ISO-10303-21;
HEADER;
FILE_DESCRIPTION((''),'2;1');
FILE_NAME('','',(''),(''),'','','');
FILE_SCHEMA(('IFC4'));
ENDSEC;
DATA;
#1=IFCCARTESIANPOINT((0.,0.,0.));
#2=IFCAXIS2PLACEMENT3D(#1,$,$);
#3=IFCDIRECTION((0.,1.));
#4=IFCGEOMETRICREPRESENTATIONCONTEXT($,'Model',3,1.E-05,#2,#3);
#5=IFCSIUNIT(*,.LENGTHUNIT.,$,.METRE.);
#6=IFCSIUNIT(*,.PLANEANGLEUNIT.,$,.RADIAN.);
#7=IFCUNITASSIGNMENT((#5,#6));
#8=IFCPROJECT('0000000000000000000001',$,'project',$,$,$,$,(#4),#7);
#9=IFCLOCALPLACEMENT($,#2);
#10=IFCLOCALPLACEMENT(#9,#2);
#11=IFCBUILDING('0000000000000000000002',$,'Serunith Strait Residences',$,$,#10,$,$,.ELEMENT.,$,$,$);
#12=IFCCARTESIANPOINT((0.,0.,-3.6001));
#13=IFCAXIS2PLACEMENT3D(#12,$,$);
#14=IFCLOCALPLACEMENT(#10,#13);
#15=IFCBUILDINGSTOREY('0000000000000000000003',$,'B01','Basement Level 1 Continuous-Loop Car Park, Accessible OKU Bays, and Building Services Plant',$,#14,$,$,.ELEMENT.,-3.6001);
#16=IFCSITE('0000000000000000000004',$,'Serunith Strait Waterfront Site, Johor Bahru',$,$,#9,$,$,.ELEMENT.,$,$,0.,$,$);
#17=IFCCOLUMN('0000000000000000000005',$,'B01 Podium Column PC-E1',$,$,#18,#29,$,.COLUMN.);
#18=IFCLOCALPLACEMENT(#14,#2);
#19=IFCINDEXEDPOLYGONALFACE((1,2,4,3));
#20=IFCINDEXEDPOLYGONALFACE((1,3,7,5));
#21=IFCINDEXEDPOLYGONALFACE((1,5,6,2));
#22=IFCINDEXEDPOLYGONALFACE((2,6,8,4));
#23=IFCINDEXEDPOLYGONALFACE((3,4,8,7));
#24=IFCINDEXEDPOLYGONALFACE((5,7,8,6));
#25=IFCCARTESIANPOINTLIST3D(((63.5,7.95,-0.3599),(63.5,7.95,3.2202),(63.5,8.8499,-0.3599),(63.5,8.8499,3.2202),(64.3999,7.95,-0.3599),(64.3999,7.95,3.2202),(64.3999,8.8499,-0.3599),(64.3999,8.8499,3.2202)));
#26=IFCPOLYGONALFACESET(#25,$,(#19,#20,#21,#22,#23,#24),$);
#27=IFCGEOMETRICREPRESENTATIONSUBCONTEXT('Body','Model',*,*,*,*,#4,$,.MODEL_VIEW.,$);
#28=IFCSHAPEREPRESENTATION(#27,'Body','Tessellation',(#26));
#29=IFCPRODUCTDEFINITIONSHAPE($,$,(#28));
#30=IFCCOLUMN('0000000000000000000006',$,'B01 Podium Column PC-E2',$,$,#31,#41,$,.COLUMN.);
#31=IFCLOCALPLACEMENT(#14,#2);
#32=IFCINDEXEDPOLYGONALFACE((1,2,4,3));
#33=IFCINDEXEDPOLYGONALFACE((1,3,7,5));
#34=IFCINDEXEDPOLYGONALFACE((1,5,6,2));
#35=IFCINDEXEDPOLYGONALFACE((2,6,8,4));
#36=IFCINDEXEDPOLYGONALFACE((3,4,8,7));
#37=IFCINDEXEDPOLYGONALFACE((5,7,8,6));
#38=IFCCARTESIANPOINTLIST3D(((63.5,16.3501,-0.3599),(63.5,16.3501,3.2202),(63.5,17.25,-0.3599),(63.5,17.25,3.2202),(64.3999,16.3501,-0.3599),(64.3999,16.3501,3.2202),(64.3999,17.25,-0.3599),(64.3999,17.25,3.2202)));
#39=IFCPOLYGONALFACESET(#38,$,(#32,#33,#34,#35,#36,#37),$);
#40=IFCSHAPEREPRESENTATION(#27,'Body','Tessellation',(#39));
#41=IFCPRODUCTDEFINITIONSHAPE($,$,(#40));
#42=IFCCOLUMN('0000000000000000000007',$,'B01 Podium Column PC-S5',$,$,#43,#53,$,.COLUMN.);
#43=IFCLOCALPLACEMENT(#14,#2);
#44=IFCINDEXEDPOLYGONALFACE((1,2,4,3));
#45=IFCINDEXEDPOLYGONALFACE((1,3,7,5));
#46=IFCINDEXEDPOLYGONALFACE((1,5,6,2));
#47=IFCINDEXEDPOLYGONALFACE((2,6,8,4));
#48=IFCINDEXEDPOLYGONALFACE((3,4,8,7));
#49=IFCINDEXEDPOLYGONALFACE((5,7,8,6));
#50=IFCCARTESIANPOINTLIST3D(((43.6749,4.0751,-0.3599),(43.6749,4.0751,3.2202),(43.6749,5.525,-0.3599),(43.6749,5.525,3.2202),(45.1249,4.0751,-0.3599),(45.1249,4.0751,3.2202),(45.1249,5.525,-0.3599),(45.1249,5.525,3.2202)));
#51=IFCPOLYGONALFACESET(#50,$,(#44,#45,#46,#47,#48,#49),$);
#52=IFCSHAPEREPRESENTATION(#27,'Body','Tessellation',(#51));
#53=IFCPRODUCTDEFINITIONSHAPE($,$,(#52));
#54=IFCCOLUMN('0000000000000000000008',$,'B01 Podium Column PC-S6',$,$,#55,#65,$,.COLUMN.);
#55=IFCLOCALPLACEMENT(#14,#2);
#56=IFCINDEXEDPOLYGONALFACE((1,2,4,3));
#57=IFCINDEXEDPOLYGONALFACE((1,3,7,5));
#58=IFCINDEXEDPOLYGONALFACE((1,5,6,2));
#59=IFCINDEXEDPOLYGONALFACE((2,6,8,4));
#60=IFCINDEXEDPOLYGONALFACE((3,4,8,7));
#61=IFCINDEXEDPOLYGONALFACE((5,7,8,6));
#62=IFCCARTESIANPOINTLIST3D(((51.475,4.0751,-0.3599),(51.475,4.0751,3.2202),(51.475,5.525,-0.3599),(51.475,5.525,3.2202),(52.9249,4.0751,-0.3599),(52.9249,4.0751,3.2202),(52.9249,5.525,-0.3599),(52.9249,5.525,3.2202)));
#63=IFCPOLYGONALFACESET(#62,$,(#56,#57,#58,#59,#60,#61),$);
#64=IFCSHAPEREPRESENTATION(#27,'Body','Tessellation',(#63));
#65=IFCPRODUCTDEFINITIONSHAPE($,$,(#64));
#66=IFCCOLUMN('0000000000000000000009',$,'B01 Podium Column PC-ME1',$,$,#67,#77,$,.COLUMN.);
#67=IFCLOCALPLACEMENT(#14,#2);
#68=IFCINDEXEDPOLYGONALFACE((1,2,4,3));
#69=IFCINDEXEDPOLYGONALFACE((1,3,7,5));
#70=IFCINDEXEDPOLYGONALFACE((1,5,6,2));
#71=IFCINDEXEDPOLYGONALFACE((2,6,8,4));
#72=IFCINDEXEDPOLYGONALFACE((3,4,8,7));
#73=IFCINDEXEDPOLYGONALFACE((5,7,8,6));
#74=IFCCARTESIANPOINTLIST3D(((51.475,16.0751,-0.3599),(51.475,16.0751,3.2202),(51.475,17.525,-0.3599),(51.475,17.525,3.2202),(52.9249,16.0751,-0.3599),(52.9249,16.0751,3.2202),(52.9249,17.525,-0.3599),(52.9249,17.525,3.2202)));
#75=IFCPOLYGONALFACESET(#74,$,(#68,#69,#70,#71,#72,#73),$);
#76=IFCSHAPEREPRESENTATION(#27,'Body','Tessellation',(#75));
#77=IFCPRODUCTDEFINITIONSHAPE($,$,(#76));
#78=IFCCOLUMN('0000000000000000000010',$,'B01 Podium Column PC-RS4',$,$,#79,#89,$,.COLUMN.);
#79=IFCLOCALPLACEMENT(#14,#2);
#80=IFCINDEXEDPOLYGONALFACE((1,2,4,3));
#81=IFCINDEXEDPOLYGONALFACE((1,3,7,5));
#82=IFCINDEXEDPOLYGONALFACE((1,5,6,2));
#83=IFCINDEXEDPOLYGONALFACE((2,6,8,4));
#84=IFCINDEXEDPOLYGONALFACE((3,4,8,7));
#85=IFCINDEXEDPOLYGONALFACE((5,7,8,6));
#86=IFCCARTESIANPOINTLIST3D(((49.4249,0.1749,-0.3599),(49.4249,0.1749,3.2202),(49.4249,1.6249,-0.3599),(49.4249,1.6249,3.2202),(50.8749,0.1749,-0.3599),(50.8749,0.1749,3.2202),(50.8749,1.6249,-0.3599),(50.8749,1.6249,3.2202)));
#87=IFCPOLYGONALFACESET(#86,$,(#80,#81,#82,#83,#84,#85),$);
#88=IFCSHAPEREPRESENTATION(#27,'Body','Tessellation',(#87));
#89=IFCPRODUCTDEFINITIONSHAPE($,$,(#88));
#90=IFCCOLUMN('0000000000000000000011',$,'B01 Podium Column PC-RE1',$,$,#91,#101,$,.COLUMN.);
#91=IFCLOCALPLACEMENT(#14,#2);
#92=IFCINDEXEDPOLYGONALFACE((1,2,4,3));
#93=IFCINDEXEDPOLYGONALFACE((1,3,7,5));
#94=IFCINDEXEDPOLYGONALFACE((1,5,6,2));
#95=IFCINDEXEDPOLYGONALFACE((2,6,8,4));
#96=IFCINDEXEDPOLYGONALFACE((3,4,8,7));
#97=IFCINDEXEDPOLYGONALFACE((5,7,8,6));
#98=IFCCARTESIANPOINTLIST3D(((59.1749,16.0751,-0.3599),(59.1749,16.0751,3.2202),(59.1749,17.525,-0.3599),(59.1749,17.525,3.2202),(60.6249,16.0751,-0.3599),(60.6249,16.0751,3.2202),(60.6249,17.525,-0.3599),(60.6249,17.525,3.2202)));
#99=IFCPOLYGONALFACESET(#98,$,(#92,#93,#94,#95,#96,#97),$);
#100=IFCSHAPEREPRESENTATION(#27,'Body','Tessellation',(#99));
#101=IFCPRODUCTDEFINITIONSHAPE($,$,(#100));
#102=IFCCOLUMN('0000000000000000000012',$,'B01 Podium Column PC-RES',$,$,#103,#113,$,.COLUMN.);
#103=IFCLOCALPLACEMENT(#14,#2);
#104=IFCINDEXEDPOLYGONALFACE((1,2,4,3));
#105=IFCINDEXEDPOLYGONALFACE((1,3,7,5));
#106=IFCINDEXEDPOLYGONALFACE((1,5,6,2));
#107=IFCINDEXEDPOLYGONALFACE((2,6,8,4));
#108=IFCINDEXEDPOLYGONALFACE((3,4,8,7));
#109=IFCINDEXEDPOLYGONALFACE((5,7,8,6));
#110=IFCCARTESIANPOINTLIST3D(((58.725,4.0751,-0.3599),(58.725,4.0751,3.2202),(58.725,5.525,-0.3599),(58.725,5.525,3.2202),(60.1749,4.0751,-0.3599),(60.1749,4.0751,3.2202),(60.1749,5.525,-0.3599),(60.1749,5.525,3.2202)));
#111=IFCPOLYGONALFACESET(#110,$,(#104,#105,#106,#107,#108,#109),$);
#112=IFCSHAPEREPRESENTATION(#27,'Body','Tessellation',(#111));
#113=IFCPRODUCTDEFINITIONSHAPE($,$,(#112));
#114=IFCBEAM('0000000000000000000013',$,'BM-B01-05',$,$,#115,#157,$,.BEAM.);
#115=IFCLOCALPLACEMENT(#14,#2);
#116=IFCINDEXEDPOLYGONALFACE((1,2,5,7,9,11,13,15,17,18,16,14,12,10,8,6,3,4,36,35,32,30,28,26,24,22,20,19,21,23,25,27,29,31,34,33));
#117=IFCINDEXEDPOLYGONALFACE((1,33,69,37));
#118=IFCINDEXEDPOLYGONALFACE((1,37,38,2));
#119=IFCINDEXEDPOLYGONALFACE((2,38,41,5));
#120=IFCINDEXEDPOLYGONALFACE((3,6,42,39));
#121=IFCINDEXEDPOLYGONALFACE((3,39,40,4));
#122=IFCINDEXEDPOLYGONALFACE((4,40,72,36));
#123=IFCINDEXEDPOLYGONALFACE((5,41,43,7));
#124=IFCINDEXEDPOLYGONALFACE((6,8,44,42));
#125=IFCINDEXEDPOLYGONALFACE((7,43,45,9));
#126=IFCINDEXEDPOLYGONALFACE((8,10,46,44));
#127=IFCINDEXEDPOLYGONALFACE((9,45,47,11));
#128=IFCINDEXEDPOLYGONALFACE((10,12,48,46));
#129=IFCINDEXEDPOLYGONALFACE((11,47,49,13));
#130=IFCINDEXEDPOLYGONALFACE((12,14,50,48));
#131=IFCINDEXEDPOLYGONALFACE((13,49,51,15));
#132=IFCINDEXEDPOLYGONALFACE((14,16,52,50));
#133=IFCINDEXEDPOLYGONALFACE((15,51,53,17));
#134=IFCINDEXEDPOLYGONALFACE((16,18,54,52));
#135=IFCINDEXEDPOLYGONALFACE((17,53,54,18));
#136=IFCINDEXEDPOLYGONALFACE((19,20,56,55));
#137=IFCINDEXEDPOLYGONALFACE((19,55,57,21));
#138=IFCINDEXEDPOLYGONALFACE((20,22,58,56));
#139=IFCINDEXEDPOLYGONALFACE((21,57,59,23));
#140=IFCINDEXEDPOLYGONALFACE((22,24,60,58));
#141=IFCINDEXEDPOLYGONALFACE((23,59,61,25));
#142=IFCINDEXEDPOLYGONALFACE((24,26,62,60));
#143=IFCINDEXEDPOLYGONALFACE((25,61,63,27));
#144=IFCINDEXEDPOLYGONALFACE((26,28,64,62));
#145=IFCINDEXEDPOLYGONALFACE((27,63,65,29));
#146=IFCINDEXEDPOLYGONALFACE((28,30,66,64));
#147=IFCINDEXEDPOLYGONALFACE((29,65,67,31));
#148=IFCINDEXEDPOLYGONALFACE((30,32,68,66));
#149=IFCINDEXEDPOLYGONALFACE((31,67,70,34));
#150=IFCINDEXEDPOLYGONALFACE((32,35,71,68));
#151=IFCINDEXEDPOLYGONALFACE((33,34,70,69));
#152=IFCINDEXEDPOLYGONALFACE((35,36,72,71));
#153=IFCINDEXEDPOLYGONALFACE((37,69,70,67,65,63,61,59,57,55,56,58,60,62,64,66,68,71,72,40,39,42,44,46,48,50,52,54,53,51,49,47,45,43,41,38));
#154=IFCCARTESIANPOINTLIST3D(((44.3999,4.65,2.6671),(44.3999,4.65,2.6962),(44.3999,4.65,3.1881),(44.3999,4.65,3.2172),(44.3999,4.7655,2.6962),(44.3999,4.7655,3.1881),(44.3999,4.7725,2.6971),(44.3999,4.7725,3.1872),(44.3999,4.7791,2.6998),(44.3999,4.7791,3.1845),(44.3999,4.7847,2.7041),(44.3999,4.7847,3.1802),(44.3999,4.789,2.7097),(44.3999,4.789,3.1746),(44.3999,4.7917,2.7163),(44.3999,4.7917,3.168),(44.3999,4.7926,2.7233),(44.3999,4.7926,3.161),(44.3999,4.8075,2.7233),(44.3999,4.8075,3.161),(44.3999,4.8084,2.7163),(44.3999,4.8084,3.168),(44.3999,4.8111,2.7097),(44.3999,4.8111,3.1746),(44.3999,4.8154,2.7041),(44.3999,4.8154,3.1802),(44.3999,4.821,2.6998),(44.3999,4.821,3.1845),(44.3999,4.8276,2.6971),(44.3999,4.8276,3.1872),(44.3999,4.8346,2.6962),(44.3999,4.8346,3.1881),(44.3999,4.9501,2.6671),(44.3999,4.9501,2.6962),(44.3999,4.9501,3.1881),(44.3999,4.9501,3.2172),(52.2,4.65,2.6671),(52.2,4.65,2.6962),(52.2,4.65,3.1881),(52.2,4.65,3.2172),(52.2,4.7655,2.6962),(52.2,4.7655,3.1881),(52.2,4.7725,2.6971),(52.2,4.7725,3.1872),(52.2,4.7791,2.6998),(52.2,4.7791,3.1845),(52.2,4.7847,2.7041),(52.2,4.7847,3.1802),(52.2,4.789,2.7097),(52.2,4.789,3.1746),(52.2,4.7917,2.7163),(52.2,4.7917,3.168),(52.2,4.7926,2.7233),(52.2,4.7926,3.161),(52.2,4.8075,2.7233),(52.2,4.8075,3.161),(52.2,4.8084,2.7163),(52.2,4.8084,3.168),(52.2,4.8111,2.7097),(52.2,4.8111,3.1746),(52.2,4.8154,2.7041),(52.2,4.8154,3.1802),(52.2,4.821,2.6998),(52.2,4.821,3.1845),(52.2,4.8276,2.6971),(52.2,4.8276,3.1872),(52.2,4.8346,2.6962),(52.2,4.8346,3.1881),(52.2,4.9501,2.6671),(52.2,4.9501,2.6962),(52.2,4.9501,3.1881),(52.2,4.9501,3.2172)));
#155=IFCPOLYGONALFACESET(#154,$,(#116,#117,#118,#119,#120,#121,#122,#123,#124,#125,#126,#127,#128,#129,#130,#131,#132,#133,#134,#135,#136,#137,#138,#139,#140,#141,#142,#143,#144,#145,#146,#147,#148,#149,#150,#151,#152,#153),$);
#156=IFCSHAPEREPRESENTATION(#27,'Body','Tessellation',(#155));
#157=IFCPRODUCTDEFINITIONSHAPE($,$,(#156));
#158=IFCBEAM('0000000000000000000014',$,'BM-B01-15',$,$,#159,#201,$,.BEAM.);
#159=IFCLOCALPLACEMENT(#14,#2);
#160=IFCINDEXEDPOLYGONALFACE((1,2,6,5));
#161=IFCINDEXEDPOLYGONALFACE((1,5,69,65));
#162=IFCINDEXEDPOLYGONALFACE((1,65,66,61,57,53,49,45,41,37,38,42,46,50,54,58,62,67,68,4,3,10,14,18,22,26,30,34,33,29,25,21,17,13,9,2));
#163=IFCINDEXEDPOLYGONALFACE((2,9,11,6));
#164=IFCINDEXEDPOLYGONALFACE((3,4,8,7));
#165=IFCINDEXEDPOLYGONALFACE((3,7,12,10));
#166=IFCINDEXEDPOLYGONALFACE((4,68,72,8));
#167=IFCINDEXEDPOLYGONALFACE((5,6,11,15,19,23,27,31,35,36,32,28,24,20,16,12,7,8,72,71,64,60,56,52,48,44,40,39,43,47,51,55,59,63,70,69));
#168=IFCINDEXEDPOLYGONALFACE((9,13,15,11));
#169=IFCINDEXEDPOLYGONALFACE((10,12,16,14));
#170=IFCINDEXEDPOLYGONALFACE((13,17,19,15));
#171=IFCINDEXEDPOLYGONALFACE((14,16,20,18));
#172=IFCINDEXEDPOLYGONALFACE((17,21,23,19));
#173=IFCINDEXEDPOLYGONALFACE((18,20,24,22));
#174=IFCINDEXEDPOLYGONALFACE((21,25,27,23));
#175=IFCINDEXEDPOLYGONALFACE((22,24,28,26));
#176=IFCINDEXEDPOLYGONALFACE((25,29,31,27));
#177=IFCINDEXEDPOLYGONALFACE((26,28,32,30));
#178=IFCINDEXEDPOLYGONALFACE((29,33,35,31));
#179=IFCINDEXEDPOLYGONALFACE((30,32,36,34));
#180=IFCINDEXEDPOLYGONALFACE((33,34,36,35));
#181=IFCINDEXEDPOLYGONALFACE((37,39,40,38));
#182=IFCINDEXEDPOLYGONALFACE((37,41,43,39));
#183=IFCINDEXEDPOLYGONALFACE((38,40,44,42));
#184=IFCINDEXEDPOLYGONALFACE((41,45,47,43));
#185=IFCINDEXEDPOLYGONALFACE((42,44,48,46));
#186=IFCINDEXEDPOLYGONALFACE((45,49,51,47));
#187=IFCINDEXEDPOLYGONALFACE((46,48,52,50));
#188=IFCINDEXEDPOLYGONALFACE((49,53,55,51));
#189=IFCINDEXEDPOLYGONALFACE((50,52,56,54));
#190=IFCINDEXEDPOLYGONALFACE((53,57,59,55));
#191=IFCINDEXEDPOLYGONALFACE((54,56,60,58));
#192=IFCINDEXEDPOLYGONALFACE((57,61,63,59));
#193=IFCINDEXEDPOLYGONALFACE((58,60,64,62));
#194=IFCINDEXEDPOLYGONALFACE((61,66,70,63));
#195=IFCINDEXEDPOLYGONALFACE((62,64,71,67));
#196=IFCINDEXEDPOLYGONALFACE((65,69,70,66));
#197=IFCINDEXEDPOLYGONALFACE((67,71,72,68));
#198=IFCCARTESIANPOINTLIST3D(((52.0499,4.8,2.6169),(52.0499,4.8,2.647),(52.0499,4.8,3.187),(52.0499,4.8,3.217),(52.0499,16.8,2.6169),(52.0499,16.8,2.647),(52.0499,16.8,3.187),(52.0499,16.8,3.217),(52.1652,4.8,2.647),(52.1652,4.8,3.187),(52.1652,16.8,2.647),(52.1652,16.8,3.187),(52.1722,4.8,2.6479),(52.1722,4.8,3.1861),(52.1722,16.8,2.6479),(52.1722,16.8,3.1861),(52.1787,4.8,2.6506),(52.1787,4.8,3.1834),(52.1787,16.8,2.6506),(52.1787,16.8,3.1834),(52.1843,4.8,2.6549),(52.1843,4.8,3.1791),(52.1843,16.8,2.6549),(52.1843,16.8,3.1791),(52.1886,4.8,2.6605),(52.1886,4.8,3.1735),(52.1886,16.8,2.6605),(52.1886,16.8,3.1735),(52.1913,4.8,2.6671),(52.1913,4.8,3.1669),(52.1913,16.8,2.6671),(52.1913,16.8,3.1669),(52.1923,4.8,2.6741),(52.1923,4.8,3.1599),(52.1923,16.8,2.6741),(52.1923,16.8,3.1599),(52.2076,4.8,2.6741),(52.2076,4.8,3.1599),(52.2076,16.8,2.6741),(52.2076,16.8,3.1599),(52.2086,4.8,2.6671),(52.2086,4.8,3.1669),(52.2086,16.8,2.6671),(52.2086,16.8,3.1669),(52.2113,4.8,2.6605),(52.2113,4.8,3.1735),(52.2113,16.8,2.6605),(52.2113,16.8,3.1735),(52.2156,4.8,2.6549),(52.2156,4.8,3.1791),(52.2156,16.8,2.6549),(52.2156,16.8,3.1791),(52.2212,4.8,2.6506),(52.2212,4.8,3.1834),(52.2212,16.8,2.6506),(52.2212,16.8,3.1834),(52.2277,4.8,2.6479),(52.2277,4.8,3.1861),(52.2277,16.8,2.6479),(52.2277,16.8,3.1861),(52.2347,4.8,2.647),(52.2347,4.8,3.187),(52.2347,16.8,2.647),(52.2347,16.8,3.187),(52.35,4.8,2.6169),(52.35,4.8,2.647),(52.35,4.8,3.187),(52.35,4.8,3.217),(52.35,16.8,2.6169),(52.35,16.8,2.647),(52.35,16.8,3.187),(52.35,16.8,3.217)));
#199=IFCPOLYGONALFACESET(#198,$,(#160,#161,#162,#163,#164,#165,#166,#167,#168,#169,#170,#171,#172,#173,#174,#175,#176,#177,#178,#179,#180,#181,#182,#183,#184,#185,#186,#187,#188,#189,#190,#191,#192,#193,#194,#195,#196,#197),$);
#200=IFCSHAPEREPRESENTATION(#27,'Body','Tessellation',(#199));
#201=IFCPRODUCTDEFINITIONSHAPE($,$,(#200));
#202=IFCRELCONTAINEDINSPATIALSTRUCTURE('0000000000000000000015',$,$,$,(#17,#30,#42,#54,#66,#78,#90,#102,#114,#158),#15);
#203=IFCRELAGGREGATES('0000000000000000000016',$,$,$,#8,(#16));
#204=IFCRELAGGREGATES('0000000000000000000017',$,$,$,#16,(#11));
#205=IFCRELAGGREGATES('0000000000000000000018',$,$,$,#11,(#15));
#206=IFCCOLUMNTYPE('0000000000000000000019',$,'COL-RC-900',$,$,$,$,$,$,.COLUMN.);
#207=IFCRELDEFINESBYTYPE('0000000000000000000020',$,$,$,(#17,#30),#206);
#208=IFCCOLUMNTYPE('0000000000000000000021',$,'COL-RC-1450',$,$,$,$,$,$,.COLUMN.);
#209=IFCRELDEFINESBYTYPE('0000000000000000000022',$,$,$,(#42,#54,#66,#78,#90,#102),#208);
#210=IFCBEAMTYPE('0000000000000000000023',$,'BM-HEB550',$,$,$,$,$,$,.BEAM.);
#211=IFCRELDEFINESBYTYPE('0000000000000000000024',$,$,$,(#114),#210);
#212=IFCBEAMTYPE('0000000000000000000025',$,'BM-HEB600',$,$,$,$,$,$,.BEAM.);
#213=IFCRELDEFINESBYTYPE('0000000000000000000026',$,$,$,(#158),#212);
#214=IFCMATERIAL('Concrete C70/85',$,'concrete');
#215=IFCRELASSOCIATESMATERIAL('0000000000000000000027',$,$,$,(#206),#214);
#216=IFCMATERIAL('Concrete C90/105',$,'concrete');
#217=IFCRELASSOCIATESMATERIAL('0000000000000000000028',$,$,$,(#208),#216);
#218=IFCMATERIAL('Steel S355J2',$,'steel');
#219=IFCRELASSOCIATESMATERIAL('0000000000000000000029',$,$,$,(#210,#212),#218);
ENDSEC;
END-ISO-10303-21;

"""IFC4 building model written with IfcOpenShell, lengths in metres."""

from ifc_helpers import new_model, si_unit, direction, frame, origin, origin_2d, place, context, subcontext, project, spatial, rectangle, i_section, extrude, source, transform, mapped, material, material_profile, profile_set, type_object, element, save


model = new_model("IFC4")

# Units and contexts
model_context = context("Model", 3, precision=1e-05, world=origin(), true_north=direction((0.0, 1.0)))
body_context = subcontext(model_context, "Body", "Model", "MODEL_VIEW")
ifc_project = project(units=[si_unit("LENGTHUNIT", "METRE"), si_unit("PLANEANGLEUNIT", "RADIAN")], contexts=[model_context])

# Site, building, storey
site_placement = place(None, origin())
site = spatial("IfcSite", under=ifc_project, at=site_placement, Name="Serunith Strait Waterfront Site, Johor Bahru", CompositionType="ELEMENT", RefElevation=0.0)
building_placement = place(site_placement, origin())
building = spatial("IfcBuilding", under=site, at=building_placement, Name="Serunith Strait Residences", CompositionType="ELEMENT")
storey_placement = place(building_placement, frame((0.0, 0.0, -3.6001)))
storey = spatial("IfcBuildingStorey", under=building, at=storey_placement, Name="B01", Description="Basement Level 1 Continuous-Loop Car Park, Accessible OKU Bays, and Building Services Plant", CompositionType="ELEMENT", Elevation=-3.6001)

# Columns
ifc_material_1 = material(Name="Concrete C70/85", Category="concrete")
ifc_material_profile_1 = material_profile(ifc_material_1, rectangle(XDim=0.8999, YDim=0.8999, at=origin_2d()), Name="RC 900x900")
ifc_profile_set_1 = profile_set([ifc_material_profile_1], Name="Concrete C70/85")
column_type_1 = type_object("IfcColumnType", Name="COL-RC-900", PredefinedType="COLUMN", material=ifc_profile_set_1)
shared_shape_1 = source(origin(), body_context, "Body", "SweptSolid", [
    extrude(rectangle(XDim=0.8999, YDim=0.8999, at=origin_2d()), origin(), (0.0, 0.0, 1.0), 3.5801),
])
for number, where, z_axis, x_axis, name in (
    (1, (63.95, 8.3999, -0.3599), (0.0, 0.0, 1.0), (1.0, 0.0, 0.0), "B01 Podium Column PC-E1"),
    (2, (63.95, 16.8, -0.3599), (0.0, 0.0, 1.0), (1.0, 0.0, 0.0), "B01 Podium Column PC-E2"),
):
    element("IfcColumn", number, at=place(storey_placement, frame(where, z_axis=z_axis, x_axis=x_axis)), inside=storey, type_object=column_type_1, Name=name, PredefinedType="COLUMN", context=body_context, shape_type="MappedRepresentation", body=[
        mapped(shared_shape_1, transform((0.0, 0.0, 0.0), scale=1.0)),
    ])
ifc_material_2 = material(Name="Concrete C90/105", Category="concrete")
ifc_material_profile_2 = material_profile(ifc_material_2, rectangle(XDim=1.45, YDim=1.45, at=origin_2d()), Name="RC 1450x1450")
ifc_profile_set_2 = profile_set([ifc_material_profile_2], Name="Concrete C90/105")
column_type_2 = type_object("IfcColumnType", Name="COL-RC-1450", PredefinedType="COLUMN", material=ifc_profile_set_2)
shared_shape_2 = source(origin(), body_context, "Body", "SweptSolid", [
    extrude(rectangle(XDim=1.45, YDim=1.45, at=origin_2d()), origin(), (0.0, 0.0, 1.0), 3.5801),
])
for number, where, z_axis, x_axis, name in (
    (3, (44.3999, 4.8, -0.3599), (0.0, 0.0, 1.0), (1.0, 0.0, 0.0), "B01 Podium Column PC-S5"),
    (4, (52.2, 4.8, -0.3599), (0.0, 0.0, 1.0), (1.0, 0.0, 0.0), "B01 Podium Column PC-S6"),
    (5, (52.2, 16.8, -0.3599), (0.0, 0.0, 1.0), (1.0, 0.0, 0.0), "B01 Podium Column PC-ME1"),
    (6, (50.1499, 0.8999, -0.3599), (0.0, 0.0, 1.0), (1.0, 0.0, 0.0), "B01 Podium Column PC-RS4"),
    (7, (59.8999, 16.8, -0.3599), (0.0, 0.0, 1.0), (1.0, 0.0, 0.0), "B01 Podium Column PC-RE1"),
    (8, (59.45, 4.8, -0.3599), (0.0, 0.0, 1.0), (1.0, 0.0, 0.0), "B01 Podium Column PC-RES"),
):
    element("IfcColumn", number, at=place(storey_placement, frame(where, z_axis=z_axis, x_axis=x_axis)), inside=storey, type_object=column_type_2, Name=name, PredefinedType="COLUMN", context=body_context, shape_type="MappedRepresentation", body=[
        mapped(shared_shape_2, transform((0.0, 0.0, 0.0), scale=1.0)),
    ])

# Beams
ifc_material_3 = material(Name="Steel S355J2", Category="steel")
ifc_material_profile_3 = material_profile(ifc_material_3, i_section(OverallWidth=0.3, OverallDepth=0.55, WebThickness=0.0149, FlangeThickness=0.0291, FilletRadius=0.0271, at=origin_2d()), Name="HEB 550")
ifc_profile_set_3 = profile_set([ifc_material_profile_3], Name="Steel S355J2")
beam_type_1 = type_object("IfcBeamType", Name="BM-HEB550", PredefinedType="BEAM", material=ifc_profile_set_3)
shared_shape_3 = source(origin(), body_context, "Body", "SweptSolid", [
    extrude(i_section(OverallWidth=0.3, OverallDepth=0.55, WebThickness=0.0149, FlangeThickness=0.0291, FilletRadius=0.0271, at=origin_2d()), origin(), (0.0, 0.0, 1.0), 7.8),
])
beam_1_placement = place(storey_placement, frame((44.3999, 4.8, 2.9421), z_axis=(1.0, 0.0, 0.0), x_axis=(0.0, 1.0, 0.0)))
element("IfcBeam", 9, at=beam_1_placement, inside=storey, type_object=beam_type_1, Name="BM-B01-05", PredefinedType="BEAM", context=body_context, shape_type="MappedRepresentation", body=[
    mapped(shared_shape_3, transform((0.0, 0.0, 0.0), scale=1.0)),
])
ifc_material_profile_4 = material_profile(ifc_material_3, i_section(OverallWidth=0.3, OverallDepth=0.6001, WebThickness=0.0154, FlangeThickness=0.03, FilletRadius=0.0271, at=origin_2d()), Name="HEB 600")
ifc_profile_set_4 = profile_set([ifc_material_profile_4], Name="Steel S355J2")
beam_type_2 = type_object("IfcBeamType", Name="BM-HEB600", PredefinedType="BEAM", material=ifc_profile_set_4)
shared_shape_4 = source(origin(), body_context, "Body", "SweptSolid", [
    extrude(i_section(OverallWidth=0.3, OverallDepth=0.6001, WebThickness=0.0154, FlangeThickness=0.03, FilletRadius=0.0271, at=origin_2d()), origin(), (0.0, 0.0, 1.0), 12.0),
])
beam_2_placement = place(storey_placement, frame((52.2, 4.8, 2.917), z_axis=(0.0, 1.0, 0.0), x_axis=(-1.0, 0.0, 0.0)))
element("IfcBeam", 10, at=beam_2_placement, inside=storey, type_object=beam_type_2, Name="BM-B01-15", PredefinedType="BEAM", context=body_context, shape_type="MappedRepresentation", body=[
    mapped(shared_shape_4, transform((0.0, 0.0, 0.0), scale=1.0)),
])

save(model, "model.ifc")
